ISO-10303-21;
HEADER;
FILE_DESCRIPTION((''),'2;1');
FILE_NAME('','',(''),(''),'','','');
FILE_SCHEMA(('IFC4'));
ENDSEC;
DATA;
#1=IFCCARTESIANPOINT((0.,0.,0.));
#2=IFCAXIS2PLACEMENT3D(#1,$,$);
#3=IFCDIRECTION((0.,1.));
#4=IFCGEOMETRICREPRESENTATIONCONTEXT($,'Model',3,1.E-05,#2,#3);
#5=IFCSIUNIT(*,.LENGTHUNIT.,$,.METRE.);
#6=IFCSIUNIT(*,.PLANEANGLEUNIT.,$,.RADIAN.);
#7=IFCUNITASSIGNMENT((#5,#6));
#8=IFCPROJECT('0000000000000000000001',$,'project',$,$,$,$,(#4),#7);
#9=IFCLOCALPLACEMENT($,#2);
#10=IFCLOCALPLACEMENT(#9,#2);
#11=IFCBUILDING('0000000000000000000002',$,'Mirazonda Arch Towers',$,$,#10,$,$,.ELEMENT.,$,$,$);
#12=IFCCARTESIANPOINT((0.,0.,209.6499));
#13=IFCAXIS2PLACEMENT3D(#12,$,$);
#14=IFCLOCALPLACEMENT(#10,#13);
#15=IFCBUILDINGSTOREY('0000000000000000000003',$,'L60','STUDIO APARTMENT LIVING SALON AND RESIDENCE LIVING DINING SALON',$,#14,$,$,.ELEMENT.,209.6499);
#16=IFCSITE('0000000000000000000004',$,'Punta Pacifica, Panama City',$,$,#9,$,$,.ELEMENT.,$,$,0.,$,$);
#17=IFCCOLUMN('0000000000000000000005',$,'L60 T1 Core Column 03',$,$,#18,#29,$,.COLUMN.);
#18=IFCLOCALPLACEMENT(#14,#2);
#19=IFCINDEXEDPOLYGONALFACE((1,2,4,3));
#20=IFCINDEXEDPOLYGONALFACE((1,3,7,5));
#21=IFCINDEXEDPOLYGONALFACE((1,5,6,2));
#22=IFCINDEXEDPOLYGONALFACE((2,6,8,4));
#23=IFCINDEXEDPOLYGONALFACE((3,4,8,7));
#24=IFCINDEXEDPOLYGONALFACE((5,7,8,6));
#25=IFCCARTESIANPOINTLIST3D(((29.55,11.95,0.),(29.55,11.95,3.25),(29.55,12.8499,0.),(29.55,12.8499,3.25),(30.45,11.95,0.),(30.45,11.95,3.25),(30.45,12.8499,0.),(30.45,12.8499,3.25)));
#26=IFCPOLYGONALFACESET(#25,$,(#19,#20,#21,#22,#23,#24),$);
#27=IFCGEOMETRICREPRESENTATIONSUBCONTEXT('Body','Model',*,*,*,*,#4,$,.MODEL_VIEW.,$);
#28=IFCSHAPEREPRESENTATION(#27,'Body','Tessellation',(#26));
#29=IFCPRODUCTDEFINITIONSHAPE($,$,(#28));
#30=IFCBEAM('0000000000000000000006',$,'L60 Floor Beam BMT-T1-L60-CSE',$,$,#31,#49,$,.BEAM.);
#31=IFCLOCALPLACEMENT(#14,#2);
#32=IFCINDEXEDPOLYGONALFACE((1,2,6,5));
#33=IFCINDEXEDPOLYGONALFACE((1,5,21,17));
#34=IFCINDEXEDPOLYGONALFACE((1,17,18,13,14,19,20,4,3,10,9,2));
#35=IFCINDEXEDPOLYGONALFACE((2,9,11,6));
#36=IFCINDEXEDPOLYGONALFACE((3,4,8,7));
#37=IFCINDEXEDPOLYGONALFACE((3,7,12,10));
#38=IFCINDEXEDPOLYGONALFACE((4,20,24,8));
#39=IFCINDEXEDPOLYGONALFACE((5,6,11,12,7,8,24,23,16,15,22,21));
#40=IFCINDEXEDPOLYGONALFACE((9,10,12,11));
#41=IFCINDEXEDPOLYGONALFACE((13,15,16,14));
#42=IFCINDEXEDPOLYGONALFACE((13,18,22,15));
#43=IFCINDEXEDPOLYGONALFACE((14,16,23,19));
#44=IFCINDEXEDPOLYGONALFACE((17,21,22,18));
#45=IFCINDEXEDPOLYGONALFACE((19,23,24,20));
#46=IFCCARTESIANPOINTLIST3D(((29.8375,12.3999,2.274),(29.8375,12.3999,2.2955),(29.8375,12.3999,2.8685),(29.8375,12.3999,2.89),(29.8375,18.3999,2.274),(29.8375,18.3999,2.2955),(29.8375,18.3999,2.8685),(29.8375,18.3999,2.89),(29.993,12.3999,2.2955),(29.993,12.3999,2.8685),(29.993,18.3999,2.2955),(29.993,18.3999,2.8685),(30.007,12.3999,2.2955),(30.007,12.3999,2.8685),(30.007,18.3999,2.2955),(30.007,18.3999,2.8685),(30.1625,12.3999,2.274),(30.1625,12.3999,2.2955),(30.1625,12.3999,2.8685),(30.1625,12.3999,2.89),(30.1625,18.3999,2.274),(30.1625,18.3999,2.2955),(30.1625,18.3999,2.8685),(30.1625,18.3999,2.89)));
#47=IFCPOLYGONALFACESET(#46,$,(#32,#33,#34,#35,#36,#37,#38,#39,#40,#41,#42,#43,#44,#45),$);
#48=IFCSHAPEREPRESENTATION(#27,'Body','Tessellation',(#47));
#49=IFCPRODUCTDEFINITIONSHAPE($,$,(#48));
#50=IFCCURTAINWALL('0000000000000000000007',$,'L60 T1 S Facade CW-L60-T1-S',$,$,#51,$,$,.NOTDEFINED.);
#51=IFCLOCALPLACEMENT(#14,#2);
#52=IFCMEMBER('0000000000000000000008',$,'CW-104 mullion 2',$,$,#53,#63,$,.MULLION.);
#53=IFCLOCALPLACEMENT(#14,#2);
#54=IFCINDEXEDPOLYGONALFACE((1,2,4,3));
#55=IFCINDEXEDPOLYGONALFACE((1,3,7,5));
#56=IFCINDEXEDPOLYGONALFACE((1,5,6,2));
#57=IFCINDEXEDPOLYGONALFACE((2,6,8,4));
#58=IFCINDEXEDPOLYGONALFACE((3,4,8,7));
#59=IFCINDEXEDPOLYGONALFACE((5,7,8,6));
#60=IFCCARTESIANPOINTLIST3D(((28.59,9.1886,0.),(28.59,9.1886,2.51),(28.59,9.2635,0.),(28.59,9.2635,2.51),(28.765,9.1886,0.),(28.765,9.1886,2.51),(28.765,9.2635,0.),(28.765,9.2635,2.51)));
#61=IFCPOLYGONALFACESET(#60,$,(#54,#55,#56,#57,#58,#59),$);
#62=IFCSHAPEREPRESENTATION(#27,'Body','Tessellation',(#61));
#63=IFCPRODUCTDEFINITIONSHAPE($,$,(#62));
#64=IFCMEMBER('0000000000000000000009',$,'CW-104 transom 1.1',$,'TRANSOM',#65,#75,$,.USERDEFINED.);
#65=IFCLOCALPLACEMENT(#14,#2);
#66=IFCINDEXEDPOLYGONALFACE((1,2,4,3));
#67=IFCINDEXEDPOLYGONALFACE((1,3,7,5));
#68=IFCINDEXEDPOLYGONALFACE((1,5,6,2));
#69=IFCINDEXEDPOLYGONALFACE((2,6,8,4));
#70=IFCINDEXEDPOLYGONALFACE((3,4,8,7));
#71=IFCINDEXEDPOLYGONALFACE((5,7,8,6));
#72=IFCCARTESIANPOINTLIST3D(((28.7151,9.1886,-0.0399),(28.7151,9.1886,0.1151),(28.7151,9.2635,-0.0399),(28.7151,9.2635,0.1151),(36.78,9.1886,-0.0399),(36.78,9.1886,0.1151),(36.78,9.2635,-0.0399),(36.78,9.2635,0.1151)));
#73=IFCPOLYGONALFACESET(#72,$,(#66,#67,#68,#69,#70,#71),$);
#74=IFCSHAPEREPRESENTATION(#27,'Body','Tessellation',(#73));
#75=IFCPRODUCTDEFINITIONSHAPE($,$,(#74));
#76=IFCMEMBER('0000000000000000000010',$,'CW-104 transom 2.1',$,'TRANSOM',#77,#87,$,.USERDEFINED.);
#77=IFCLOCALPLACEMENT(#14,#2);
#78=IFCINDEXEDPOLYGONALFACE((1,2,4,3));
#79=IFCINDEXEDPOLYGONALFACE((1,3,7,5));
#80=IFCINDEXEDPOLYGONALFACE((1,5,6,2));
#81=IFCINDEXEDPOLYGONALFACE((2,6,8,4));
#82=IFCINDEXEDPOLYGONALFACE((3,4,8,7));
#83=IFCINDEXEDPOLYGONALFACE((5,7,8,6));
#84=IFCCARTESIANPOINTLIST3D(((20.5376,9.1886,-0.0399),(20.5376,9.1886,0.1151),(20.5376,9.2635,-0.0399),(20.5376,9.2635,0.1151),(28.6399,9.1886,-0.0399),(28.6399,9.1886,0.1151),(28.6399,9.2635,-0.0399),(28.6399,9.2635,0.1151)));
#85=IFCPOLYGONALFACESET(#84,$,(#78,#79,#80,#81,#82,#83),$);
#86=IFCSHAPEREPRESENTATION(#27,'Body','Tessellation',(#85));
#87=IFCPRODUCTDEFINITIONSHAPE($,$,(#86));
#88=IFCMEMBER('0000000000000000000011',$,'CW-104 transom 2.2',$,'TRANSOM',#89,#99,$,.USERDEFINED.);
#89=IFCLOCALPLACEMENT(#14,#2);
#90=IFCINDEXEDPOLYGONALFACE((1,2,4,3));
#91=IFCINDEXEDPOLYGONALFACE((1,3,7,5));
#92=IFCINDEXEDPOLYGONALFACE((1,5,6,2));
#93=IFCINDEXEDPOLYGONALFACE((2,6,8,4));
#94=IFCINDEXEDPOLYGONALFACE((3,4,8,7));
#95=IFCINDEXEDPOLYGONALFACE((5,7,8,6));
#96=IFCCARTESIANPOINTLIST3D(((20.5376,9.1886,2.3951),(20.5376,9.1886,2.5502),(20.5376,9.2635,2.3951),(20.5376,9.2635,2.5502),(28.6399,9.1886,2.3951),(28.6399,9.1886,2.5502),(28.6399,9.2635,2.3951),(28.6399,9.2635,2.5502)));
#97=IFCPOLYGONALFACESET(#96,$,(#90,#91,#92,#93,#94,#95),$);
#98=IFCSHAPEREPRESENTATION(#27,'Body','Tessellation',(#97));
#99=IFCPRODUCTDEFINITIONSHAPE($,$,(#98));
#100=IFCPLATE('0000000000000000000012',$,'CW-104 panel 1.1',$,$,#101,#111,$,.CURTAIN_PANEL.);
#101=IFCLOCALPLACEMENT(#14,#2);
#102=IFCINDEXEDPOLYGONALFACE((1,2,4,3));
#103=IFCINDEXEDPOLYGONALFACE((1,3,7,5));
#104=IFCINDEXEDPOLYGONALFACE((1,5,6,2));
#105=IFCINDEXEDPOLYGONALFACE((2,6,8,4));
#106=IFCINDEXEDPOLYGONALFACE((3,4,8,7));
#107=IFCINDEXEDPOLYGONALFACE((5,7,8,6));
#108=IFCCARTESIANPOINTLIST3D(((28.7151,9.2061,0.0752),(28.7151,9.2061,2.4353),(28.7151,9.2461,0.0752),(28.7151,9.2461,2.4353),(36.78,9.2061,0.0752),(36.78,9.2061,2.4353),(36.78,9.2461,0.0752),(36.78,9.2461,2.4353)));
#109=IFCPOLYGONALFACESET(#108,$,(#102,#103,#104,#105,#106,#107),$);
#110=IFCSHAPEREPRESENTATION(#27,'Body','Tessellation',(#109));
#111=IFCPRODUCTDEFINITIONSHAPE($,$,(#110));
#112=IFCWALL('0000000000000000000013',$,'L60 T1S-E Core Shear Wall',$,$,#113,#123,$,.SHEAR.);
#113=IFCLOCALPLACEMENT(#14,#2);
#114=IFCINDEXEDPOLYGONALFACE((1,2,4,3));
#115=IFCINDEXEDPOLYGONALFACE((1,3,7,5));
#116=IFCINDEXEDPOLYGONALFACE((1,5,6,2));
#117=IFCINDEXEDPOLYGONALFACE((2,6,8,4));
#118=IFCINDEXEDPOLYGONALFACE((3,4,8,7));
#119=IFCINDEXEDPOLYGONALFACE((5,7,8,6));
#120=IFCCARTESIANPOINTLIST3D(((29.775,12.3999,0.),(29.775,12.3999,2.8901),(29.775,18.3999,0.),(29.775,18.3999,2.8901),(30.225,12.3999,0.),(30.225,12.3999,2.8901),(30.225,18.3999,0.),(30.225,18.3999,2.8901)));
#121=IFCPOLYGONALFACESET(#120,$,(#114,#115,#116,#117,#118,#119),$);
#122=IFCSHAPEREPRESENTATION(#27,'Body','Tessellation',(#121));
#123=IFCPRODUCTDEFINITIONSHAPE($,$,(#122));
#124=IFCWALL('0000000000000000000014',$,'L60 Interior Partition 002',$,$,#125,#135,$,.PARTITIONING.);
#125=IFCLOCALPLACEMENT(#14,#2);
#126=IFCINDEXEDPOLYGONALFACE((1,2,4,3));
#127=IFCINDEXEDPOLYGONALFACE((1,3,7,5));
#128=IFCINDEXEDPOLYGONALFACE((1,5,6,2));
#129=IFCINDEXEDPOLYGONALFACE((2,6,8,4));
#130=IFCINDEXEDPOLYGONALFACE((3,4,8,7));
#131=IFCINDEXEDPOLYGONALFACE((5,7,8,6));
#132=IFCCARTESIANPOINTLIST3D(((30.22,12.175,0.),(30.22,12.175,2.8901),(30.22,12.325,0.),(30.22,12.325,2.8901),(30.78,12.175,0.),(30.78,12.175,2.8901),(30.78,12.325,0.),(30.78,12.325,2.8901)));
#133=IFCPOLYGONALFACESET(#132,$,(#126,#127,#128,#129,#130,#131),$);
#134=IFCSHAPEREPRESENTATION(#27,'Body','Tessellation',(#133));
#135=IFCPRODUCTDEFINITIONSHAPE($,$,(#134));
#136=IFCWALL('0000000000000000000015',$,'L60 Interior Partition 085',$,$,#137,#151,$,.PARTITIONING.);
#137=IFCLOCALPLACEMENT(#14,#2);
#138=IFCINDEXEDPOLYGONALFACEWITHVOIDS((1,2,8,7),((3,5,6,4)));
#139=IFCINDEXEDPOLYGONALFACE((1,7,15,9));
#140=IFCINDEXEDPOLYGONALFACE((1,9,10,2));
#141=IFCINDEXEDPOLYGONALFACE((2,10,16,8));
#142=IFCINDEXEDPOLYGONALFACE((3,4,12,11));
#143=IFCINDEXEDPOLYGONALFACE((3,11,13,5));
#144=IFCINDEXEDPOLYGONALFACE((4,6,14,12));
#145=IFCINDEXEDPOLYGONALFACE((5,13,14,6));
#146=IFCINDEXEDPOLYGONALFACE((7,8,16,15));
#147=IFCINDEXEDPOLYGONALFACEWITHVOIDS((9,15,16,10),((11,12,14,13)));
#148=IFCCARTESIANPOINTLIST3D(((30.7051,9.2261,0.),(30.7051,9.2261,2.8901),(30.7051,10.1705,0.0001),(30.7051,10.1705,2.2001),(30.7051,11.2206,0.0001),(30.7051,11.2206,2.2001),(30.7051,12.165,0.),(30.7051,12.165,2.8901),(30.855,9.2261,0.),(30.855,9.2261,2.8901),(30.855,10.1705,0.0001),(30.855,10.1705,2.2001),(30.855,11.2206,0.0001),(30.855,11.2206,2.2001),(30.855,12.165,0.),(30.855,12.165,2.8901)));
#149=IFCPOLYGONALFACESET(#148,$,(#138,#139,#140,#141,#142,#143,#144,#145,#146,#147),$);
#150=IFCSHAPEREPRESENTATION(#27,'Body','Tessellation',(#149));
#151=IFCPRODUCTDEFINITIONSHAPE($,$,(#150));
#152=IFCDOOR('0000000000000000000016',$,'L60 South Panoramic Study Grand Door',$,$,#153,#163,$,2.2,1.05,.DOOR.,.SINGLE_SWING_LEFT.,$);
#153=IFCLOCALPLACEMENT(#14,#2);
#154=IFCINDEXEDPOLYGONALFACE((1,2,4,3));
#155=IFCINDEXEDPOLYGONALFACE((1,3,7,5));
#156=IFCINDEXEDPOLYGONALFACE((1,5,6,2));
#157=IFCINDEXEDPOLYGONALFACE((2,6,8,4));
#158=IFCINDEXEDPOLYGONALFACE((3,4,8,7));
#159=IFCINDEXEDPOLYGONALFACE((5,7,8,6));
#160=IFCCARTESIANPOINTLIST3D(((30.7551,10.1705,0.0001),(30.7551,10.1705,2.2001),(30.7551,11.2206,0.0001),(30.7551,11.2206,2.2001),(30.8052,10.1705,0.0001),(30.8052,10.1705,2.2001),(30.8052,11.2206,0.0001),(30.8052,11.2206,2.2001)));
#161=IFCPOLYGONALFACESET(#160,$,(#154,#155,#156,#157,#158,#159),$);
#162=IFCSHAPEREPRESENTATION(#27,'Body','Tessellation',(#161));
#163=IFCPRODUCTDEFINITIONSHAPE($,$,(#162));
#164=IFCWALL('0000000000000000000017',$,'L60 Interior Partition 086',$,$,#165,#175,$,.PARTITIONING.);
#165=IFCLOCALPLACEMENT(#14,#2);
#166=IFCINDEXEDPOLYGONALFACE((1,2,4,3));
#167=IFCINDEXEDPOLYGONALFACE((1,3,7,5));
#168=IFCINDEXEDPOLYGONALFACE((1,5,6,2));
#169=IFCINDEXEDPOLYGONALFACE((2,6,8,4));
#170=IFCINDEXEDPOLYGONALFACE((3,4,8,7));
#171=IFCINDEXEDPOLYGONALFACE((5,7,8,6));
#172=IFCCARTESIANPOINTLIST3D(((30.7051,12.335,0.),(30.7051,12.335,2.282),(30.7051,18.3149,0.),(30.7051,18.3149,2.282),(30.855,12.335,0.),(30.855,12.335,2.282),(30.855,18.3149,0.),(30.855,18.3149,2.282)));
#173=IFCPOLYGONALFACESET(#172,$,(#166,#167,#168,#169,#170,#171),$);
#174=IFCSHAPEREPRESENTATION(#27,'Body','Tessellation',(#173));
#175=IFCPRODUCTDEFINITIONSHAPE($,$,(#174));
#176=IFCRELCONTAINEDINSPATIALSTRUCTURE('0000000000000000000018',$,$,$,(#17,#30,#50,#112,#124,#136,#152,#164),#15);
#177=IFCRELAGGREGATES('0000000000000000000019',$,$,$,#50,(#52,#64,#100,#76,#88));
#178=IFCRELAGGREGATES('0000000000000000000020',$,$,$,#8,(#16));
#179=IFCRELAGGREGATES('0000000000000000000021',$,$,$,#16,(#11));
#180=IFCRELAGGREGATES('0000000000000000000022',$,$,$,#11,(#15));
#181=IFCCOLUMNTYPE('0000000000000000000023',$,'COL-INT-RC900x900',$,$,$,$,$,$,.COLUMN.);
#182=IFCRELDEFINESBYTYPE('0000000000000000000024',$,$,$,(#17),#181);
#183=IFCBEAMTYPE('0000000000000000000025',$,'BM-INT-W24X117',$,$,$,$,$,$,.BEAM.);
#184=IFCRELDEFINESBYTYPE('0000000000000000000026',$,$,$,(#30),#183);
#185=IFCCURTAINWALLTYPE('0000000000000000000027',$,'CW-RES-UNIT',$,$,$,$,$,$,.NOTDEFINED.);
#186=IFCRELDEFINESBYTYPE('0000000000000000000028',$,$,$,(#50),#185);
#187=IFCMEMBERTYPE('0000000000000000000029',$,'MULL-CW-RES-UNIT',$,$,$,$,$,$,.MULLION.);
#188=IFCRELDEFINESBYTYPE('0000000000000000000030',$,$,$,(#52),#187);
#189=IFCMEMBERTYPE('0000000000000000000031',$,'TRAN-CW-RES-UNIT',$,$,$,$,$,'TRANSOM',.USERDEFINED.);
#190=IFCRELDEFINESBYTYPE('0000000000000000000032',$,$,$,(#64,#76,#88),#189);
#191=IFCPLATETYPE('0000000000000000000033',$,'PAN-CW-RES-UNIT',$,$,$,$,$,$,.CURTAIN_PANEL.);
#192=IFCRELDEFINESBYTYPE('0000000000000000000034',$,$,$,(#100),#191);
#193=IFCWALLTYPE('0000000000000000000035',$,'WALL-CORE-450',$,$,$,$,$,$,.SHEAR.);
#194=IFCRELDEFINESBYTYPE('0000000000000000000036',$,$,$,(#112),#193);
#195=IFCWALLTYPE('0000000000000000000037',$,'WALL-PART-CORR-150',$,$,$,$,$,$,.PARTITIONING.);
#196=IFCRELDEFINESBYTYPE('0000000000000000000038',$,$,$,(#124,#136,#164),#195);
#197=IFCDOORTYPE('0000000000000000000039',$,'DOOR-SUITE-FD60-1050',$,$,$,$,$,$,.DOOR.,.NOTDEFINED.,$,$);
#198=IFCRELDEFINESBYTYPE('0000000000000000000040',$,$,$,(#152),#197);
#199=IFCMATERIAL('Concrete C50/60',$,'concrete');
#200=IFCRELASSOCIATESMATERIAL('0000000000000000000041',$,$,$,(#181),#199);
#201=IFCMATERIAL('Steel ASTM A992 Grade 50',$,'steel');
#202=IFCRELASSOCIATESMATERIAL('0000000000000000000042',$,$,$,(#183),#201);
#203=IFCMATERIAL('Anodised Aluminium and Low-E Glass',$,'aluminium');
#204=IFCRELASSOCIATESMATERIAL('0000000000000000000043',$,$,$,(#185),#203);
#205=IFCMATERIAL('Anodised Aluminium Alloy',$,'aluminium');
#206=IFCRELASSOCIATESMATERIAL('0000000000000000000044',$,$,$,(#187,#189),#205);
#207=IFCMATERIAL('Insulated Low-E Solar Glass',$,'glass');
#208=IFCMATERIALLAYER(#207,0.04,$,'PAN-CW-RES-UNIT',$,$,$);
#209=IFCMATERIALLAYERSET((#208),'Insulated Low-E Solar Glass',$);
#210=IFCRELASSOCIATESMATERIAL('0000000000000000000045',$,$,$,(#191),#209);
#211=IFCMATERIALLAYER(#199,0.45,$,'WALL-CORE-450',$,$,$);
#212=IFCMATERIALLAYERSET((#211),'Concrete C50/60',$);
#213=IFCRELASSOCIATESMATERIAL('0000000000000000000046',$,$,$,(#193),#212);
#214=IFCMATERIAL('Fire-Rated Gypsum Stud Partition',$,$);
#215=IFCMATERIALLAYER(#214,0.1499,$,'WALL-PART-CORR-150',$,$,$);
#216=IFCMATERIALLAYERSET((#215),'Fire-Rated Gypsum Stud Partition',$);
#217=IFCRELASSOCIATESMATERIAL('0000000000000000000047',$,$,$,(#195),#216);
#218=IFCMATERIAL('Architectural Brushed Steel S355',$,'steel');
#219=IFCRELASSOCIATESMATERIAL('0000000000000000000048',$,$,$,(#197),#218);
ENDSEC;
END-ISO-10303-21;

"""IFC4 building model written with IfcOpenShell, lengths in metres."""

from ifc_helpers import new_model, si_unit, direction, frame, frame_2d, origin, origin_2d, place, context, subcontext, project, spatial, rectangle, i_section, extrude, material, layer, layer_set, material_profile, profile_set, type_object, element, fill, aggregate, save


model = new_model("IFC4")

# Units and contexts
model_context = context("Model", 3, precision=1e-05, world=origin(), true_north=direction((0.0, 1.0)))
body_context = subcontext(model_context, "Body", "Model", "MODEL_VIEW")
ifc_project = project(units=[si_unit("LENGTHUNIT", "METRE"), si_unit("PLANEANGLEUNIT", "RADIAN")], contexts=[model_context])

# Site, building, storey
site_placement = place(None, origin())
site = spatial("IfcSite", under=ifc_project, at=site_placement, Name="Punta Pacifica, Panama City", CompositionType="ELEMENT", RefElevation=0.0)
building_placement = place(site_placement, origin())
building = spatial("IfcBuilding", under=site, at=building_placement, Name="Mirazonda Arch Towers", CompositionType="ELEMENT")
storey_placement = place(building_placement, frame((0.0, 0.0, 209.6499)))
storey = spatial("IfcBuildingStorey", under=building, at=storey_placement, Name="L60", Description="STUDIO APARTMENT LIVING SALON AND RESIDENCE LIVING DINING SALON", CompositionType="ELEMENT", Elevation=209.6499)

# Column
ifc_material_1 = material(Name="Concrete C50/60", Category="concrete")
ifc_material_profile_1 = material_profile(ifc_material_1, rectangle(XDim=0.8999, YDim=0.8999, at=origin_2d()), Name="RC900x900")
ifc_profile_set_1 = profile_set([ifc_material_profile_1], Name="Concrete C50/60")
column_type = type_object("IfcColumnType", Name="COL-INT-RC900x900", PredefinedType="COLUMN", material=ifc_profile_set_1)
column_placement = place(storey_placement, frame((30.0, 12.3999, 0.0), z_axis=(0.0, 0.0, 1.0), x_axis=(1.0, 0.0, 0.0)))
element("IfcColumn", 1, at=column_placement, inside=storey, type_object=column_type, Name="L60 T1 Core Column 03", PredefinedType="COLUMN", context=body_context, shape_type="SweptSolid", body=[
    extrude(rectangle(XDim=0.8999, YDim=0.8999, at=origin_2d()), origin(), (0.0, 0.0, 1.0), 3.25),
])

# Beam
ifc_material_2 = material(Name="Steel ASTM A992 Grade 50", Category="steel")
ifc_material_profile_2 = material_profile(ifc_material_2, i_section(OverallWidth=0.325, OverallDepth=0.616, WebThickness=0.0139, FlangeThickness=0.0215, at=origin_2d()), Name="W24X117")
ifc_profile_set_2 = profile_set([ifc_material_profile_2], Name="Steel ASTM A992 Grade 50")
beam_type = type_object("IfcBeamType", Name="BM-INT-W24X117", PredefinedType="BEAM", material=ifc_profile_set_2)
beam_placement = place(storey_placement, frame((30.0, 12.3999, 2.582), z_axis=(0.0, 1.0, 0.0), x_axis=(-1.0, 0.0, 0.0)))
element("IfcBeam", 2, at=beam_placement, inside=storey, type_object=beam_type, Name="L60 Floor Beam BMT-T1-L60-CSE", PredefinedType="BEAM", context=body_context, shape_type="SweptSolid", body=[
    extrude(i_section(OverallWidth=0.325, OverallDepth=0.616, WebThickness=0.0139, FlangeThickness=0.0215, at=origin_2d()), origin(), (0.0, 0.0, 1.0), 6.0),
])

# Curtain wall, members, plate
ifc_material_3 = material(Name="Anodised Aluminium and Low-E Glass", Category="aluminium")
curtain_wall_type = type_object("IfcCurtainWallType", Name="CW-RES-UNIT", PredefinedType="NOTDEFINED", material=ifc_material_3)
curtain_wall_placement = place(storey_placement, origin())
curtain_wall = element("IfcCurtainWall", 3, at=curtain_wall_placement, inside=storey, type_object=curtain_wall_type, Name="L60 T1 S Facade CW-L60-T1-S", PredefinedType="NOTDEFINED")
ifc_material_4 = material(Name="Anodised Aluminium Alloy", Category="aluminium")
ifc_material_profile_3 = material_profile(ifc_material_4, rectangle(XDim=0.075, YDim=0.175, at=origin_2d()), Name="ALU-MULL-75x175")
ifc_profile_set_3 = profile_set([ifc_material_profile_3], Name="Anodised Aluminium Alloy")
member_type_1 = type_object("IfcMemberType", Name="MULL-CW-RES-UNIT", PredefinedType="MULLION", material=ifc_profile_set_3)
member_1_placement = place(storey_placement, frame((28.6775, 9.2261, 0.0), z_axis=(0.0, 0.0, 1.0), x_axis=(0.0, -1.0, 0.0)))
member_1 = element("IfcMember", 4, at=member_1_placement, type_object=member_type_1, Name="CW-104 mullion 2", PredefinedType="MULLION", context=body_context, shape_type="SweptSolid", body=[
    extrude(rectangle(XDim=0.075, YDim=0.175, at=origin_2d()), origin(), (0.0, 0.0, 1.0), 2.51),
])
ifc_material_profile_4 = material_profile(ifc_material_4, rectangle(XDim=0.075, YDim=0.155, at=origin_2d()), Name="ALU-TRAN-75x155")
ifc_profile_set_4 = profile_set([ifc_material_profile_4], Name="Anodised Aluminium Alloy")
member_type_2 = type_object("IfcMemberType", Name="TRAN-CW-RES-UNIT", ElementType="TRANSOM", PredefinedType="USERDEFINED", material=ifc_profile_set_4)
member_2_placement = place(storey_placement, frame((36.78, 9.2261, 0.0376), z_axis=(-1.0, 0.0, 0.0), x_axis=(0.0, -1.0, 0.0)))
member_2 = element("IfcMember", 5, at=member_2_placement, type_object=member_type_2, Name="CW-104 transom 1.1", ObjectType="TRANSOM", PredefinedType="USERDEFINED", context=body_context, shape_type="SweptSolid", body=[
    extrude(rectangle(XDim=0.075, YDim=0.155, at=origin_2d()), origin(), (0.0, 0.0, 1.0), 8.0649),
])
member_3_placement = place(storey_placement, frame((28.6399, 9.2261, 0.0376), z_axis=(-1.0, 0.0, 0.0), x_axis=(0.0, -1.0, 0.0)))
member_3 = element("IfcMember", 6, at=member_3_placement, type_object=member_type_2, Name="CW-104 transom 2.1", ObjectType="TRANSOM", PredefinedType="USERDEFINED", context=body_context, shape_type="SweptSolid", body=[
    extrude(rectangle(XDim=0.075, YDim=0.155, at=origin_2d()), origin(), (0.0, 0.0, 1.0), 8.1023),
])
member_4_placement = place(storey_placement, frame((28.6399, 9.2261, 2.4727), z_axis=(-1.0, 0.0, 0.0), x_axis=(0.0, -1.0, 0.0)))
member_4 = element("IfcMember", 7, at=member_4_placement, type_object=member_type_2, Name="CW-104 transom 2.2", ObjectType="TRANSOM", PredefinedType="USERDEFINED", context=body_context, shape_type="SweptSolid", body=[
    extrude(rectangle(XDim=0.075, YDim=0.155, at=origin_2d()), origin(), (0.0, 0.0, 1.0), 8.1023),
])
ifc_material_5 = material(Name="Insulated Low-E Solar Glass", Category="glass")
ifc_layer_1 = layer(ifc_material_5, 0.04, Name="PAN-CW-RES-UNIT")
ifc_layer_set_1 = layer_set([ifc_layer_1], Name="Insulated Low-E Solar Glass")
plate_type = type_object("IfcPlateType", Name="PAN-CW-RES-UNIT", PredefinedType="CURTAIN_PANEL", material=ifc_layer_set_1)
plate_placement = place(storey_placement, frame((32.7476, 9.2261, 0.0752), z_axis=(0.0, 0.0, 1.0), x_axis=(-1.0, 0.0, 0.0)))
plate = element("IfcPlate", 8, at=plate_placement, type_object=plate_type, Name="CW-104 panel 1.1", PredefinedType="CURTAIN_PANEL", context=body_context, shape_type="SweptSolid", body=[
    extrude(rectangle(XDim=8.0649, YDim=0.04, at=origin_2d()), origin(), (0.0, 0.0, 1.0), 2.3601),
])
aggregate(curtain_wall, [member_1, member_2, plate, member_3, member_4])

# Walls
ifc_layer_2 = layer(ifc_material_1, 0.45, Name="WALL-CORE-450")
ifc_layer_set_2 = layer_set([ifc_layer_2], Name="Concrete C50/60")
wall_type_1 = type_object("IfcWallType", Name="WALL-CORE-450", PredefinedType="SHEAR", material=ifc_layer_set_2)
wall_1_placement = place(storey_placement, frame((30.0, 12.3999, 0.0), z_axis=(0.0, 0.0, 1.0), x_axis=(0.0, 1.0, 0.0)))
element("IfcWall", 9, at=wall_1_placement, inside=storey, type_object=wall_type_1, Name="L60 T1S-E Core Shear Wall", PredefinedType="SHEAR", context=body_context, shape_type="SweptSolid", body=[
    extrude(rectangle(XDim=6.0, YDim=0.45, at=frame_2d((3.0, 0.0))), origin(), (0.0, 0.0, 1.0), 2.8901),
])
ifc_material_6 = material(Name="Fire-Rated Gypsum Stud Partition")
ifc_layer_3 = layer(ifc_material_6, 0.1499, Name="WALL-PART-CORR-150")
ifc_layer_set_3 = layer_set([ifc_layer_3], Name="Fire-Rated Gypsum Stud Partition")
wall_type_2 = type_object("IfcWallType", Name="WALL-PART-CORR-150", PredefinedType="PARTITIONING", material=ifc_layer_set_3)
wall_2_placement = place(storey_placement, frame((30.22, 12.25, 0.0), z_axis=(0.0, 0.0, 1.0), x_axis=(1.0, 0.0, 0.0)))
element("IfcWall", 10, at=wall_2_placement, inside=storey, type_object=wall_type_2, Name="L60 Interior Partition 002", PredefinedType="PARTITIONING", context=body_context, shape_type="SweptSolid", body=[
    extrude(rectangle(XDim=0.5601, YDim=0.1499, at=frame_2d((0.28, 0.0))), origin(), (0.0, 0.0, 1.0), 2.8901),
])

# Wall, opening, door
wall_3_placement = place(storey_placement, frame((30.78, 9.2261, 0.0), z_axis=(0.0, 0.0, 1.0), x_axis=(0.0, 1.0, 0.0)))
wall_3 = element("IfcWall", 11, at=wall_3_placement, inside=storey, type_object=wall_type_2, Name="L60 Interior Partition 085", PredefinedType="PARTITIONING", context=body_context, shape_type="SweptSolid", body=[
    extrude(rectangle(XDim=2.939, YDim=0.1499, at=frame_2d((1.4695, 0.0))), origin(), (0.0, 0.0, 1.0), 2.8901),
])
opening_1_placement = place(wall_3_placement, frame((0.9446, 0.0, 0.0)))
opening_1 = element("IfcOpeningElement", 12, at=opening_1_placement, cuts=wall_3, PredefinedType="OPENING", context=body_context, shape_type="SweptSolid", body=[
    extrude(rectangle(XDim=1.05, YDim=2.2, at=frame_2d((0.5249, 1.1001))), frame((0.0, 0.085, 0.0), z_axis=(0.0, -1.0, 0.0), x_axis=(1.0, 0.0, 0.0)), (0.0, 0.0, 1.0), 0.1699),
])
ifc_material_7 = material(Name="Architectural Brushed Steel S355", Category="steel")
door_type_1 = type_object("IfcDoorType", Name="DOOR-SUITE-FD60-1050", OperationType="NOTDEFINED", PredefinedType="DOOR", material=ifc_material_7)
door_1_placement = place(opening_1_placement, origin())
door_1 = element("IfcDoor", 13, at=door_1_placement, inside=storey, type_object=door_type_1, Name="L60 South Panoramic Study Grand Door", OperationType="SINGLE_SWING_LEFT", OverallHeight=2.2, OverallWidth=1.05, PredefinedType="DOOR", context=body_context, shape_type="SweptSolid", body=[
    extrude(rectangle(XDim=1.05, YDim=2.2, at=frame_2d((0.5249, 1.1001))), frame((0.0, 0.0249, 0.0), z_axis=(0.0, -1.0, 0.0), x_axis=(1.0, 0.0, 0.0)), (0.0, 0.0, 1.0), 0.05),
])
fill(opening_1, door_1)

# Wall
wall_4_placement = place(storey_placement, frame((30.78, 12.335, 0.0), z_axis=(0.0, 0.0, 1.0), x_axis=(0.0, 1.0, 0.0)))
element("IfcWall", 14, at=wall_4_placement, inside=storey, type_object=wall_type_2, Name="L60 Interior Partition 086", PredefinedType="PARTITIONING", context=body_context, shape_type="SweptSolid", body=[
    extrude(rectangle(XDim=5.98, YDim=0.1499, at=frame_2d((2.99, 0.0))), origin(), (0.0, 0.0, 1.0), 2.282),
])

save(model, "model.ifc")
